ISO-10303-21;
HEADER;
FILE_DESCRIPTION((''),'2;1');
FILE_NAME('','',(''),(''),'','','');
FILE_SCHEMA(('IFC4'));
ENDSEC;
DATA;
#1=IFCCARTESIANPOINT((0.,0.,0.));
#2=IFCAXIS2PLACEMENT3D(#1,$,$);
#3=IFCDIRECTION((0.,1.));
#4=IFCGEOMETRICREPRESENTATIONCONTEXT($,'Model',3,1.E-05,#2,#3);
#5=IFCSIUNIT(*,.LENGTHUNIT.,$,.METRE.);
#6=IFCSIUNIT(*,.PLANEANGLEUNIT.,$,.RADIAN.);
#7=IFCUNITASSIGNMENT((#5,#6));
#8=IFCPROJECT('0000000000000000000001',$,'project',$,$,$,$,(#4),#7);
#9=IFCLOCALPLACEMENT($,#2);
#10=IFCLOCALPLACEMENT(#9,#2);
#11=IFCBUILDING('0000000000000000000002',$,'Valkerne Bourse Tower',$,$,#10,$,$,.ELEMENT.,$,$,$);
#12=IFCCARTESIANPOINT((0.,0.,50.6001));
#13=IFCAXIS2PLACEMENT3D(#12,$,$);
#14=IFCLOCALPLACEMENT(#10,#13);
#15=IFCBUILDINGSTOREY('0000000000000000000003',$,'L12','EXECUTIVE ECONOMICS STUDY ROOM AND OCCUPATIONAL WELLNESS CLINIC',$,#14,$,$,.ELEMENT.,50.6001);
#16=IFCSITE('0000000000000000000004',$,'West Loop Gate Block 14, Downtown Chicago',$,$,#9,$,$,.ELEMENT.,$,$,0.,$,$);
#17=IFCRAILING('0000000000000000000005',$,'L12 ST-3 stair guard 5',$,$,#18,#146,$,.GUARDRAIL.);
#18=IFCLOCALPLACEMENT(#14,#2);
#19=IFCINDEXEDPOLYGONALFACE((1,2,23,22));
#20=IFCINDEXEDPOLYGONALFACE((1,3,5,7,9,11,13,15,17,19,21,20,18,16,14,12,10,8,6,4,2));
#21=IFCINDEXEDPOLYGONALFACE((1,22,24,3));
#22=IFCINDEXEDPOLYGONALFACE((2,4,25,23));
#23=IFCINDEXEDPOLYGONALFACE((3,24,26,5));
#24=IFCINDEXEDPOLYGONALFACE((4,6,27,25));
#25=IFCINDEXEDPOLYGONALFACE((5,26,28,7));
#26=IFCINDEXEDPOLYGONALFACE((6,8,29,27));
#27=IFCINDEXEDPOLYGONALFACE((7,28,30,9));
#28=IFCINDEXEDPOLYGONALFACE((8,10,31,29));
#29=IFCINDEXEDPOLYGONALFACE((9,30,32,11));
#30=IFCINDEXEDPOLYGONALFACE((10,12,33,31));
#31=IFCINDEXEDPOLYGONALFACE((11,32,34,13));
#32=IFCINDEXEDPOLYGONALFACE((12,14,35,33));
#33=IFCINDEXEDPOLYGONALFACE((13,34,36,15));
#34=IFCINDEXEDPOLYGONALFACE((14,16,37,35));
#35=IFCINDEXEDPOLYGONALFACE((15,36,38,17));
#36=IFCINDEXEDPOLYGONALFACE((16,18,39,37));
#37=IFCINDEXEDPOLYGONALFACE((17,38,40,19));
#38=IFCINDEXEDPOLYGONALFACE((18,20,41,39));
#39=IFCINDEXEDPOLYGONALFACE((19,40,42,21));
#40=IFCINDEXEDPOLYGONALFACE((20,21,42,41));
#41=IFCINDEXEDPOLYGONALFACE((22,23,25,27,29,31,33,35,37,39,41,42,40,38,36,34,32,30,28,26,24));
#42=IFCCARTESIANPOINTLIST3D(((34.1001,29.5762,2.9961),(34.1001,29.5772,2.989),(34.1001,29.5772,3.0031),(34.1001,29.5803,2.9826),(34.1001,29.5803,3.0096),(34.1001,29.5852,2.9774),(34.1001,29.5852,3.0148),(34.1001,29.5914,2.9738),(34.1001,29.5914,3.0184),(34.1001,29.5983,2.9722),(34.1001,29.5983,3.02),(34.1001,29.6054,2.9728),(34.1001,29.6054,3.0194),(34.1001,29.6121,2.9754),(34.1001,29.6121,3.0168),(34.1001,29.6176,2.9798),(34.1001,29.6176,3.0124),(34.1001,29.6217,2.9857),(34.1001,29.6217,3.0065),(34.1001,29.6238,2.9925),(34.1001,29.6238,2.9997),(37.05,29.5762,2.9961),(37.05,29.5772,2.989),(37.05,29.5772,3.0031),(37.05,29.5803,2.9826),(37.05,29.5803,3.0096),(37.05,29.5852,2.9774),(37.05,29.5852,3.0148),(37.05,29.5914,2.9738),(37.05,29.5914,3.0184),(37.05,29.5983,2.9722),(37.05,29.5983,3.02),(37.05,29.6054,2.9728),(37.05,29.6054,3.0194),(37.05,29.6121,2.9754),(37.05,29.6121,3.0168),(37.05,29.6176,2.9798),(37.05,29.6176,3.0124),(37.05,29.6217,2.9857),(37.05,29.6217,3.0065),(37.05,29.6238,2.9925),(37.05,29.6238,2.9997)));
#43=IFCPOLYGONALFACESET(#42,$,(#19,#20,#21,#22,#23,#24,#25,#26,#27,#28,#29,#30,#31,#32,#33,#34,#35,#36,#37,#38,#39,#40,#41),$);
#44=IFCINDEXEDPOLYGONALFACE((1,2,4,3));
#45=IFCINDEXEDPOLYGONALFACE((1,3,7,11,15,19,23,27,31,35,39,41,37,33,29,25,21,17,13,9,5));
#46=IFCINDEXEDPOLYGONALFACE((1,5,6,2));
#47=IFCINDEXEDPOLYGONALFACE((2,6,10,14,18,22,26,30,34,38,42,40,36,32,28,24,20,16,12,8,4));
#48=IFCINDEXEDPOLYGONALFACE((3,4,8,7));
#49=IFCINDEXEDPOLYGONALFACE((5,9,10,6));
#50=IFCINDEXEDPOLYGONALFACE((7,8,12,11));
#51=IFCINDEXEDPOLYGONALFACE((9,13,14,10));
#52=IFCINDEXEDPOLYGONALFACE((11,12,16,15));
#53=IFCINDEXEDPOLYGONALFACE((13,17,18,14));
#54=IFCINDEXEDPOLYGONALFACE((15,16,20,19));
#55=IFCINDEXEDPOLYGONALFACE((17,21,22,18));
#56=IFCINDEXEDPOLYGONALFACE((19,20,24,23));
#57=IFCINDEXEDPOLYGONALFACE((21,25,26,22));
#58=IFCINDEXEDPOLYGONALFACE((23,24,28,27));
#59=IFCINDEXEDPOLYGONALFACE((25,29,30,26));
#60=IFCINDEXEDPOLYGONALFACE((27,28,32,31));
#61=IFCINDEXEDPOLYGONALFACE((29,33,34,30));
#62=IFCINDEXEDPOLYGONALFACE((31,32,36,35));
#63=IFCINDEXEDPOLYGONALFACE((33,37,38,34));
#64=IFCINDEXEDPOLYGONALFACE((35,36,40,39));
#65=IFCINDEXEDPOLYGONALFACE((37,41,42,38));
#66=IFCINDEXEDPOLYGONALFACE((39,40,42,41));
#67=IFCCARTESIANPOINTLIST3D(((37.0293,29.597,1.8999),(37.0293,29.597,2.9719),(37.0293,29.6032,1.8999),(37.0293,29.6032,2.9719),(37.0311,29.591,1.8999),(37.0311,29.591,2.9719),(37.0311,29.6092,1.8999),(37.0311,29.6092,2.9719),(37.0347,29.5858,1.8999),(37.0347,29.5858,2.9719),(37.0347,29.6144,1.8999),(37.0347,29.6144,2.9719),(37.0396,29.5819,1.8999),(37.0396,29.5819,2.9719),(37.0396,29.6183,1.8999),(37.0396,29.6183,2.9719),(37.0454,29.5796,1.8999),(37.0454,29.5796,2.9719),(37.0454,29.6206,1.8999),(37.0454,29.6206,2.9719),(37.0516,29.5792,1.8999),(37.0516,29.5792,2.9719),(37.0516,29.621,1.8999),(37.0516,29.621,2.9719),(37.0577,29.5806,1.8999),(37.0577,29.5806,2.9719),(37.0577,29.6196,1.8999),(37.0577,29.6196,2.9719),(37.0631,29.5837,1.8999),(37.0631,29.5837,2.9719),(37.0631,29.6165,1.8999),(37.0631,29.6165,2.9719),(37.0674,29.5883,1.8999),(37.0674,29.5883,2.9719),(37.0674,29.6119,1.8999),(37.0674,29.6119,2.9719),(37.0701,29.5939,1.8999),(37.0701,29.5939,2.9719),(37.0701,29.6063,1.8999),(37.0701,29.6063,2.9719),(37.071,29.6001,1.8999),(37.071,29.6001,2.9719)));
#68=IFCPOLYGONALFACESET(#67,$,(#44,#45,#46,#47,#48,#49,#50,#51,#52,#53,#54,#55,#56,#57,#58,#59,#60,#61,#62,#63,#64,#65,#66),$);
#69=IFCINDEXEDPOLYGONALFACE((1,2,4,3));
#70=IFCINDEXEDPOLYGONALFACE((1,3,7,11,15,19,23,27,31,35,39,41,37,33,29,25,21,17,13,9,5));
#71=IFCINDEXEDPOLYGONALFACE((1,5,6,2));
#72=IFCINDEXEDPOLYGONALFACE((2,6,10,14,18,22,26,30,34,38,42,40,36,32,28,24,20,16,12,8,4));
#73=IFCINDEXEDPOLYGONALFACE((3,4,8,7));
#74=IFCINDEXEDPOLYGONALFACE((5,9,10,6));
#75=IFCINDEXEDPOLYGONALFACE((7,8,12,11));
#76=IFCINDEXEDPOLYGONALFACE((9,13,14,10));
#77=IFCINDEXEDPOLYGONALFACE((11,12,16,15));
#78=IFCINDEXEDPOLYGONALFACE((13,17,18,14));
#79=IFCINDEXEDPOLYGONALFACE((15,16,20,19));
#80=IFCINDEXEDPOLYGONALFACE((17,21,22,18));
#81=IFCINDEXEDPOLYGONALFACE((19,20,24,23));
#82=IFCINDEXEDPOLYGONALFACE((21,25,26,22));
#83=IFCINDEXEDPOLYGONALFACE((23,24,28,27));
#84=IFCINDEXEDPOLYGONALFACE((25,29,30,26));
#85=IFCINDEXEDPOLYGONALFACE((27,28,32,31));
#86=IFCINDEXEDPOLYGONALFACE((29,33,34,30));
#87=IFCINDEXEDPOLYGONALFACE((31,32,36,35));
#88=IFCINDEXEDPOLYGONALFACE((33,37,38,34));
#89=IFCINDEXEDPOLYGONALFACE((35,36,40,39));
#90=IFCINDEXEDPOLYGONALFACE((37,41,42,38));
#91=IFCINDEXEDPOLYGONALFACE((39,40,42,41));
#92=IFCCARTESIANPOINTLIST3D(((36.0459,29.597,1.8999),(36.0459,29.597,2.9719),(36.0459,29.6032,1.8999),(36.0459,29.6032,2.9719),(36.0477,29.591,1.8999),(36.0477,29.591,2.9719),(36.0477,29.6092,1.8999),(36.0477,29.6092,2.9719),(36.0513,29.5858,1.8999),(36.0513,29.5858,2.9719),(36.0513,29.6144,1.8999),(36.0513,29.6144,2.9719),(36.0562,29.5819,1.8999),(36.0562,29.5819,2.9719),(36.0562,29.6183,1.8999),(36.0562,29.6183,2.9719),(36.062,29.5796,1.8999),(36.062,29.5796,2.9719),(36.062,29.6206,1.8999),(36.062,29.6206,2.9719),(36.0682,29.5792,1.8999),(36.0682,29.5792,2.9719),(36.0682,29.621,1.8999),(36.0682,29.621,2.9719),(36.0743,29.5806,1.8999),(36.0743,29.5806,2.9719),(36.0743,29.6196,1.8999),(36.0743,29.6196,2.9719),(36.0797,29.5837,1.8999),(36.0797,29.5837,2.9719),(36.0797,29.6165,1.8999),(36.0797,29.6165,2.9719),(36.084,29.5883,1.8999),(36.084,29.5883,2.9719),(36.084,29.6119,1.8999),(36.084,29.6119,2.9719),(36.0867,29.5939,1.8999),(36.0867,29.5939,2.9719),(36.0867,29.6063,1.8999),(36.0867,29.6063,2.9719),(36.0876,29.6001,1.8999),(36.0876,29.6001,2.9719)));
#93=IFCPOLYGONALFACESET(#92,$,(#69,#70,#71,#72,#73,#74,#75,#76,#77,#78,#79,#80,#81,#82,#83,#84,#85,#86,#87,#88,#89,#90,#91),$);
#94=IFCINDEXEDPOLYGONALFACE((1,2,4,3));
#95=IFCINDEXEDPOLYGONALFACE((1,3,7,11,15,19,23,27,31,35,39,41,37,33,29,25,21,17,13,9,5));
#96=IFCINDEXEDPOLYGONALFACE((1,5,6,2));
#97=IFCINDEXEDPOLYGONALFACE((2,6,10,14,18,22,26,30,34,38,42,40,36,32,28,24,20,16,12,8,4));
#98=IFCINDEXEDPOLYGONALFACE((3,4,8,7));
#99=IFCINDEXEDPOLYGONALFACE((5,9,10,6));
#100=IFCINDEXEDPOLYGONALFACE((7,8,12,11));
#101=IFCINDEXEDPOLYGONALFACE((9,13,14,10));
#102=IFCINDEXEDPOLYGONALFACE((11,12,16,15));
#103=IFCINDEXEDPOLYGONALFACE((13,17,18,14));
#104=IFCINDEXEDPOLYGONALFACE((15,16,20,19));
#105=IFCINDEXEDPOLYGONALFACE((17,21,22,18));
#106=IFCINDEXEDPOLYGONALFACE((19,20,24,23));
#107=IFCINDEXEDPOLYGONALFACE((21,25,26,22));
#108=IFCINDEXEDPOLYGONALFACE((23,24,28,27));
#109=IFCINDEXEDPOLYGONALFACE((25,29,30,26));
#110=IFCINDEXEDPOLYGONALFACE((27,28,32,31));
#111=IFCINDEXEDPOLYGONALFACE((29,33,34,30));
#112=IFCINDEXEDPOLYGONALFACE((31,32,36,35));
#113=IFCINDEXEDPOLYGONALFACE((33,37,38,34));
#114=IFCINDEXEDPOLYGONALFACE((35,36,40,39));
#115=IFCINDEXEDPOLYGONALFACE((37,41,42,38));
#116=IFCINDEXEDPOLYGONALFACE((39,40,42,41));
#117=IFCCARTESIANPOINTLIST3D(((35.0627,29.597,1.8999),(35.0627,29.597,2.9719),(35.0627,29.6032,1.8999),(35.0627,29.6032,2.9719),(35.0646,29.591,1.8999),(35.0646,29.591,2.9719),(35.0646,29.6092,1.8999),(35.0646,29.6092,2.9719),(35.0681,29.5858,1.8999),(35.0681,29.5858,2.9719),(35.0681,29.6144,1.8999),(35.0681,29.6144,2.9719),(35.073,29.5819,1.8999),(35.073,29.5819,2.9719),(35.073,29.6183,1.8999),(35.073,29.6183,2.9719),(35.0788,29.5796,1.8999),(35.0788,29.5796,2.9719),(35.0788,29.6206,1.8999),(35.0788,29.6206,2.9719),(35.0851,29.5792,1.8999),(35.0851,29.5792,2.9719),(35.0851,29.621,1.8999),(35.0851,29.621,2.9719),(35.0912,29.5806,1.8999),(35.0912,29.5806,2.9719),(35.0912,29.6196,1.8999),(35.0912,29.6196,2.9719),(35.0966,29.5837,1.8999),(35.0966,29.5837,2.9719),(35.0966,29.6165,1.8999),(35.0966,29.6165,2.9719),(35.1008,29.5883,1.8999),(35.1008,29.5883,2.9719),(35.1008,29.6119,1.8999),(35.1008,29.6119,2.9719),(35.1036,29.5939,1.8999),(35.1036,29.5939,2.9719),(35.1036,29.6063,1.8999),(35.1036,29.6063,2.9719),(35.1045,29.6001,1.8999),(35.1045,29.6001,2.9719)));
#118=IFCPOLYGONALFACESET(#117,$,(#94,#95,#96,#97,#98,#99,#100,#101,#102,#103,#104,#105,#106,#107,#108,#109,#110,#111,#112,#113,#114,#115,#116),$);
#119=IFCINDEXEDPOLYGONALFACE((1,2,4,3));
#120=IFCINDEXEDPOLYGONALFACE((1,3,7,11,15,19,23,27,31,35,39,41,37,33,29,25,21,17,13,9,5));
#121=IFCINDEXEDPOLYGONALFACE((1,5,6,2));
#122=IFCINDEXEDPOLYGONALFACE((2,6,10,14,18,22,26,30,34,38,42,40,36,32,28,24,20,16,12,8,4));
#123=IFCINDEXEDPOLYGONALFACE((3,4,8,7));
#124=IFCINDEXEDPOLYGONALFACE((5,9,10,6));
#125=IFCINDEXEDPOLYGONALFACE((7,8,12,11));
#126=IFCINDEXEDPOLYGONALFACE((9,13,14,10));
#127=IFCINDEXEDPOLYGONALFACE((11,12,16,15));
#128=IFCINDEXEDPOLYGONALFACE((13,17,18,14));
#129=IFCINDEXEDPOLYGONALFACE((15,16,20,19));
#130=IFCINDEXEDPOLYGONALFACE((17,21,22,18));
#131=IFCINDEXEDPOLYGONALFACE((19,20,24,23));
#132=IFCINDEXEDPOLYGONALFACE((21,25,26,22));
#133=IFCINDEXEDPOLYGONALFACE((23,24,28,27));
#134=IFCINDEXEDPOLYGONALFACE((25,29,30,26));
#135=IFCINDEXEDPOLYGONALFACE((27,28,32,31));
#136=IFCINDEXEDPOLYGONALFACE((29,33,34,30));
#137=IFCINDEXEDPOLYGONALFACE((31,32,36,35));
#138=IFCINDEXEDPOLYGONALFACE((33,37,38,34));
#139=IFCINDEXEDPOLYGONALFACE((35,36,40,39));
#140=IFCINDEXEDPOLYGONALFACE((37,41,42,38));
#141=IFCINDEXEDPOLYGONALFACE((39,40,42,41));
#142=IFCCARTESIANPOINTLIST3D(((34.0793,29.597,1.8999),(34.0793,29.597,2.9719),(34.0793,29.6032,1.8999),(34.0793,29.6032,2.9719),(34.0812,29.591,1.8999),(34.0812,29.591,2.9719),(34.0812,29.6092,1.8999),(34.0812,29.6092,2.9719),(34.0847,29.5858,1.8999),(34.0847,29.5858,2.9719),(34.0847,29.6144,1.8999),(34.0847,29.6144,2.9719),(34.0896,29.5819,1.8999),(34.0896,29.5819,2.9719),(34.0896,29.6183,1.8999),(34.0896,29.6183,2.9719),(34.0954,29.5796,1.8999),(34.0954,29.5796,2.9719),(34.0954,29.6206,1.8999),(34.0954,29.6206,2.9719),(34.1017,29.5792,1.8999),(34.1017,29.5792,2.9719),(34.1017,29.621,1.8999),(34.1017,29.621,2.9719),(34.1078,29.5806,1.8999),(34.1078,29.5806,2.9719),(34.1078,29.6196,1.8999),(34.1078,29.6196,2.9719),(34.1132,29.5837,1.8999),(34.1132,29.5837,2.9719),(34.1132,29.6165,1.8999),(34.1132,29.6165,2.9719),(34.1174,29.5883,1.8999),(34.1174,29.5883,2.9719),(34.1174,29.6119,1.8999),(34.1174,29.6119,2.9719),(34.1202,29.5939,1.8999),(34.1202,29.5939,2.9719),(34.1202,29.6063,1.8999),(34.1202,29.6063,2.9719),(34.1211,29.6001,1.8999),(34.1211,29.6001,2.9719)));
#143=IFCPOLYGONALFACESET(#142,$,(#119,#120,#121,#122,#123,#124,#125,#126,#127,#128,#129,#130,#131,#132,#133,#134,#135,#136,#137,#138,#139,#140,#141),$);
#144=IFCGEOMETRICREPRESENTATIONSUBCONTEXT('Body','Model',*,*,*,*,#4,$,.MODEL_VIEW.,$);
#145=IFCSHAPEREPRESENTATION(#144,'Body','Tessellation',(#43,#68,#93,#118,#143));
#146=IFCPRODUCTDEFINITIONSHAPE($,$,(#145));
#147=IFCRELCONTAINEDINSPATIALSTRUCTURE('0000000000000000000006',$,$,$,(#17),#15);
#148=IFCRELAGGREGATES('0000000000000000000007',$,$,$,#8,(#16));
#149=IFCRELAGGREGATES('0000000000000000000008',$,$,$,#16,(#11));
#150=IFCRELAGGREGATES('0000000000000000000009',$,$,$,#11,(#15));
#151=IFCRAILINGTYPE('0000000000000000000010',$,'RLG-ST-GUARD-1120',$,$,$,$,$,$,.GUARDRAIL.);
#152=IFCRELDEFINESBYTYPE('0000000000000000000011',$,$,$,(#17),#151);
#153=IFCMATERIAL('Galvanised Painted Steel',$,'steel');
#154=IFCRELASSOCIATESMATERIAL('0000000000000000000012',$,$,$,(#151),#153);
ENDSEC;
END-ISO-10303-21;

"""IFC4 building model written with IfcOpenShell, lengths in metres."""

from ifc_helpers import new_model, si_unit, direction, frame, origin, origin_2d, place, context, subcontext, project, spatial, circle, extrude, material, type_object, element, save


model = new_model("IFC4")

# Units and contexts
model_context = context("Model", 3, precision=1e-05, world=origin(), true_north=direction((0.0, 1.0)))
body_context = subcontext(model_context, "Body", "Model", "MODEL_VIEW")
ifc_project = project(units=[si_unit("LENGTHUNIT", "METRE"), si_unit("PLANEANGLEUNIT", "RADIAN")], contexts=[model_context])

# Site, building, storey
site_placement = place(None, origin())
site = spatial("IfcSite", under=ifc_project, at=site_placement, Name="West Loop Gate Block 14, Downtown Chicago", CompositionType="ELEMENT", RefElevation=0.0)
building_placement = place(site_placement, origin())
building = spatial("IfcBuilding", under=site, at=building_placement, Name="Valkerne Bourse Tower", CompositionType="ELEMENT")
storey_placement = place(building_placement, frame((0.0, 0.0, 50.6001)))
storey = spatial("IfcBuildingStorey", under=building, at=storey_placement, Name="L12", Description="EXECUTIVE ECONOMICS STUDY ROOM AND OCCUPATIONAL WELLNESS CLINIC", CompositionType="ELEMENT", Elevation=50.6001)

# Shared definitions
ifc_material_1 = material(Name="Galvanised Painted Steel", Category="steel")

# Railing
railing_type_1 = type_object("IfcRailingType", Name="RLG-ST-GUARD-1120", PredefinedType="GUARDRAIL", material=ifc_material_1)
railing_1_placement = place(storey_placement, frame((37.05, 29.6001, 1.8999)))
element("IfcRailing", 1, at=railing_1_placement, inside=storey, type_object=railing_type_1, Name="L12 ST-3 stair guard 5", PredefinedType="GUARDRAIL", context=body_context, shape_type="SweptSolid", body=[
    extrude(circle(Radius=0.0239, at=origin_2d()), frame((0.0, 0.0, 1.0962), z_axis=(-1.0, 0.0, 0.0), x_axis=(0.0, -1.0, 0.0)), (0.0, 0.0, 1.0), 2.95),
    extrude(circle(Radius=0.021, at=origin_2d()), origin(), (0.0, 0.0, 1.0), 1.072),
    extrude(circle(Radius=0.021, at=origin_2d()), frame((-0.9834, 0.0, 0.0)), (0.0, 0.0, 1.0), 1.072),
    extrude(circle(Radius=0.021, at=origin_2d()), frame((-1.9666, 0.0, 0.0)), (0.0, 0.0, 1.0), 1.072),
    extrude(circle(Radius=0.021, at=origin_2d()), frame((-2.95, 0.0, 0.0)), (0.0, 0.0, 1.0), 1.072),
])

save(model, "model.ifc")
